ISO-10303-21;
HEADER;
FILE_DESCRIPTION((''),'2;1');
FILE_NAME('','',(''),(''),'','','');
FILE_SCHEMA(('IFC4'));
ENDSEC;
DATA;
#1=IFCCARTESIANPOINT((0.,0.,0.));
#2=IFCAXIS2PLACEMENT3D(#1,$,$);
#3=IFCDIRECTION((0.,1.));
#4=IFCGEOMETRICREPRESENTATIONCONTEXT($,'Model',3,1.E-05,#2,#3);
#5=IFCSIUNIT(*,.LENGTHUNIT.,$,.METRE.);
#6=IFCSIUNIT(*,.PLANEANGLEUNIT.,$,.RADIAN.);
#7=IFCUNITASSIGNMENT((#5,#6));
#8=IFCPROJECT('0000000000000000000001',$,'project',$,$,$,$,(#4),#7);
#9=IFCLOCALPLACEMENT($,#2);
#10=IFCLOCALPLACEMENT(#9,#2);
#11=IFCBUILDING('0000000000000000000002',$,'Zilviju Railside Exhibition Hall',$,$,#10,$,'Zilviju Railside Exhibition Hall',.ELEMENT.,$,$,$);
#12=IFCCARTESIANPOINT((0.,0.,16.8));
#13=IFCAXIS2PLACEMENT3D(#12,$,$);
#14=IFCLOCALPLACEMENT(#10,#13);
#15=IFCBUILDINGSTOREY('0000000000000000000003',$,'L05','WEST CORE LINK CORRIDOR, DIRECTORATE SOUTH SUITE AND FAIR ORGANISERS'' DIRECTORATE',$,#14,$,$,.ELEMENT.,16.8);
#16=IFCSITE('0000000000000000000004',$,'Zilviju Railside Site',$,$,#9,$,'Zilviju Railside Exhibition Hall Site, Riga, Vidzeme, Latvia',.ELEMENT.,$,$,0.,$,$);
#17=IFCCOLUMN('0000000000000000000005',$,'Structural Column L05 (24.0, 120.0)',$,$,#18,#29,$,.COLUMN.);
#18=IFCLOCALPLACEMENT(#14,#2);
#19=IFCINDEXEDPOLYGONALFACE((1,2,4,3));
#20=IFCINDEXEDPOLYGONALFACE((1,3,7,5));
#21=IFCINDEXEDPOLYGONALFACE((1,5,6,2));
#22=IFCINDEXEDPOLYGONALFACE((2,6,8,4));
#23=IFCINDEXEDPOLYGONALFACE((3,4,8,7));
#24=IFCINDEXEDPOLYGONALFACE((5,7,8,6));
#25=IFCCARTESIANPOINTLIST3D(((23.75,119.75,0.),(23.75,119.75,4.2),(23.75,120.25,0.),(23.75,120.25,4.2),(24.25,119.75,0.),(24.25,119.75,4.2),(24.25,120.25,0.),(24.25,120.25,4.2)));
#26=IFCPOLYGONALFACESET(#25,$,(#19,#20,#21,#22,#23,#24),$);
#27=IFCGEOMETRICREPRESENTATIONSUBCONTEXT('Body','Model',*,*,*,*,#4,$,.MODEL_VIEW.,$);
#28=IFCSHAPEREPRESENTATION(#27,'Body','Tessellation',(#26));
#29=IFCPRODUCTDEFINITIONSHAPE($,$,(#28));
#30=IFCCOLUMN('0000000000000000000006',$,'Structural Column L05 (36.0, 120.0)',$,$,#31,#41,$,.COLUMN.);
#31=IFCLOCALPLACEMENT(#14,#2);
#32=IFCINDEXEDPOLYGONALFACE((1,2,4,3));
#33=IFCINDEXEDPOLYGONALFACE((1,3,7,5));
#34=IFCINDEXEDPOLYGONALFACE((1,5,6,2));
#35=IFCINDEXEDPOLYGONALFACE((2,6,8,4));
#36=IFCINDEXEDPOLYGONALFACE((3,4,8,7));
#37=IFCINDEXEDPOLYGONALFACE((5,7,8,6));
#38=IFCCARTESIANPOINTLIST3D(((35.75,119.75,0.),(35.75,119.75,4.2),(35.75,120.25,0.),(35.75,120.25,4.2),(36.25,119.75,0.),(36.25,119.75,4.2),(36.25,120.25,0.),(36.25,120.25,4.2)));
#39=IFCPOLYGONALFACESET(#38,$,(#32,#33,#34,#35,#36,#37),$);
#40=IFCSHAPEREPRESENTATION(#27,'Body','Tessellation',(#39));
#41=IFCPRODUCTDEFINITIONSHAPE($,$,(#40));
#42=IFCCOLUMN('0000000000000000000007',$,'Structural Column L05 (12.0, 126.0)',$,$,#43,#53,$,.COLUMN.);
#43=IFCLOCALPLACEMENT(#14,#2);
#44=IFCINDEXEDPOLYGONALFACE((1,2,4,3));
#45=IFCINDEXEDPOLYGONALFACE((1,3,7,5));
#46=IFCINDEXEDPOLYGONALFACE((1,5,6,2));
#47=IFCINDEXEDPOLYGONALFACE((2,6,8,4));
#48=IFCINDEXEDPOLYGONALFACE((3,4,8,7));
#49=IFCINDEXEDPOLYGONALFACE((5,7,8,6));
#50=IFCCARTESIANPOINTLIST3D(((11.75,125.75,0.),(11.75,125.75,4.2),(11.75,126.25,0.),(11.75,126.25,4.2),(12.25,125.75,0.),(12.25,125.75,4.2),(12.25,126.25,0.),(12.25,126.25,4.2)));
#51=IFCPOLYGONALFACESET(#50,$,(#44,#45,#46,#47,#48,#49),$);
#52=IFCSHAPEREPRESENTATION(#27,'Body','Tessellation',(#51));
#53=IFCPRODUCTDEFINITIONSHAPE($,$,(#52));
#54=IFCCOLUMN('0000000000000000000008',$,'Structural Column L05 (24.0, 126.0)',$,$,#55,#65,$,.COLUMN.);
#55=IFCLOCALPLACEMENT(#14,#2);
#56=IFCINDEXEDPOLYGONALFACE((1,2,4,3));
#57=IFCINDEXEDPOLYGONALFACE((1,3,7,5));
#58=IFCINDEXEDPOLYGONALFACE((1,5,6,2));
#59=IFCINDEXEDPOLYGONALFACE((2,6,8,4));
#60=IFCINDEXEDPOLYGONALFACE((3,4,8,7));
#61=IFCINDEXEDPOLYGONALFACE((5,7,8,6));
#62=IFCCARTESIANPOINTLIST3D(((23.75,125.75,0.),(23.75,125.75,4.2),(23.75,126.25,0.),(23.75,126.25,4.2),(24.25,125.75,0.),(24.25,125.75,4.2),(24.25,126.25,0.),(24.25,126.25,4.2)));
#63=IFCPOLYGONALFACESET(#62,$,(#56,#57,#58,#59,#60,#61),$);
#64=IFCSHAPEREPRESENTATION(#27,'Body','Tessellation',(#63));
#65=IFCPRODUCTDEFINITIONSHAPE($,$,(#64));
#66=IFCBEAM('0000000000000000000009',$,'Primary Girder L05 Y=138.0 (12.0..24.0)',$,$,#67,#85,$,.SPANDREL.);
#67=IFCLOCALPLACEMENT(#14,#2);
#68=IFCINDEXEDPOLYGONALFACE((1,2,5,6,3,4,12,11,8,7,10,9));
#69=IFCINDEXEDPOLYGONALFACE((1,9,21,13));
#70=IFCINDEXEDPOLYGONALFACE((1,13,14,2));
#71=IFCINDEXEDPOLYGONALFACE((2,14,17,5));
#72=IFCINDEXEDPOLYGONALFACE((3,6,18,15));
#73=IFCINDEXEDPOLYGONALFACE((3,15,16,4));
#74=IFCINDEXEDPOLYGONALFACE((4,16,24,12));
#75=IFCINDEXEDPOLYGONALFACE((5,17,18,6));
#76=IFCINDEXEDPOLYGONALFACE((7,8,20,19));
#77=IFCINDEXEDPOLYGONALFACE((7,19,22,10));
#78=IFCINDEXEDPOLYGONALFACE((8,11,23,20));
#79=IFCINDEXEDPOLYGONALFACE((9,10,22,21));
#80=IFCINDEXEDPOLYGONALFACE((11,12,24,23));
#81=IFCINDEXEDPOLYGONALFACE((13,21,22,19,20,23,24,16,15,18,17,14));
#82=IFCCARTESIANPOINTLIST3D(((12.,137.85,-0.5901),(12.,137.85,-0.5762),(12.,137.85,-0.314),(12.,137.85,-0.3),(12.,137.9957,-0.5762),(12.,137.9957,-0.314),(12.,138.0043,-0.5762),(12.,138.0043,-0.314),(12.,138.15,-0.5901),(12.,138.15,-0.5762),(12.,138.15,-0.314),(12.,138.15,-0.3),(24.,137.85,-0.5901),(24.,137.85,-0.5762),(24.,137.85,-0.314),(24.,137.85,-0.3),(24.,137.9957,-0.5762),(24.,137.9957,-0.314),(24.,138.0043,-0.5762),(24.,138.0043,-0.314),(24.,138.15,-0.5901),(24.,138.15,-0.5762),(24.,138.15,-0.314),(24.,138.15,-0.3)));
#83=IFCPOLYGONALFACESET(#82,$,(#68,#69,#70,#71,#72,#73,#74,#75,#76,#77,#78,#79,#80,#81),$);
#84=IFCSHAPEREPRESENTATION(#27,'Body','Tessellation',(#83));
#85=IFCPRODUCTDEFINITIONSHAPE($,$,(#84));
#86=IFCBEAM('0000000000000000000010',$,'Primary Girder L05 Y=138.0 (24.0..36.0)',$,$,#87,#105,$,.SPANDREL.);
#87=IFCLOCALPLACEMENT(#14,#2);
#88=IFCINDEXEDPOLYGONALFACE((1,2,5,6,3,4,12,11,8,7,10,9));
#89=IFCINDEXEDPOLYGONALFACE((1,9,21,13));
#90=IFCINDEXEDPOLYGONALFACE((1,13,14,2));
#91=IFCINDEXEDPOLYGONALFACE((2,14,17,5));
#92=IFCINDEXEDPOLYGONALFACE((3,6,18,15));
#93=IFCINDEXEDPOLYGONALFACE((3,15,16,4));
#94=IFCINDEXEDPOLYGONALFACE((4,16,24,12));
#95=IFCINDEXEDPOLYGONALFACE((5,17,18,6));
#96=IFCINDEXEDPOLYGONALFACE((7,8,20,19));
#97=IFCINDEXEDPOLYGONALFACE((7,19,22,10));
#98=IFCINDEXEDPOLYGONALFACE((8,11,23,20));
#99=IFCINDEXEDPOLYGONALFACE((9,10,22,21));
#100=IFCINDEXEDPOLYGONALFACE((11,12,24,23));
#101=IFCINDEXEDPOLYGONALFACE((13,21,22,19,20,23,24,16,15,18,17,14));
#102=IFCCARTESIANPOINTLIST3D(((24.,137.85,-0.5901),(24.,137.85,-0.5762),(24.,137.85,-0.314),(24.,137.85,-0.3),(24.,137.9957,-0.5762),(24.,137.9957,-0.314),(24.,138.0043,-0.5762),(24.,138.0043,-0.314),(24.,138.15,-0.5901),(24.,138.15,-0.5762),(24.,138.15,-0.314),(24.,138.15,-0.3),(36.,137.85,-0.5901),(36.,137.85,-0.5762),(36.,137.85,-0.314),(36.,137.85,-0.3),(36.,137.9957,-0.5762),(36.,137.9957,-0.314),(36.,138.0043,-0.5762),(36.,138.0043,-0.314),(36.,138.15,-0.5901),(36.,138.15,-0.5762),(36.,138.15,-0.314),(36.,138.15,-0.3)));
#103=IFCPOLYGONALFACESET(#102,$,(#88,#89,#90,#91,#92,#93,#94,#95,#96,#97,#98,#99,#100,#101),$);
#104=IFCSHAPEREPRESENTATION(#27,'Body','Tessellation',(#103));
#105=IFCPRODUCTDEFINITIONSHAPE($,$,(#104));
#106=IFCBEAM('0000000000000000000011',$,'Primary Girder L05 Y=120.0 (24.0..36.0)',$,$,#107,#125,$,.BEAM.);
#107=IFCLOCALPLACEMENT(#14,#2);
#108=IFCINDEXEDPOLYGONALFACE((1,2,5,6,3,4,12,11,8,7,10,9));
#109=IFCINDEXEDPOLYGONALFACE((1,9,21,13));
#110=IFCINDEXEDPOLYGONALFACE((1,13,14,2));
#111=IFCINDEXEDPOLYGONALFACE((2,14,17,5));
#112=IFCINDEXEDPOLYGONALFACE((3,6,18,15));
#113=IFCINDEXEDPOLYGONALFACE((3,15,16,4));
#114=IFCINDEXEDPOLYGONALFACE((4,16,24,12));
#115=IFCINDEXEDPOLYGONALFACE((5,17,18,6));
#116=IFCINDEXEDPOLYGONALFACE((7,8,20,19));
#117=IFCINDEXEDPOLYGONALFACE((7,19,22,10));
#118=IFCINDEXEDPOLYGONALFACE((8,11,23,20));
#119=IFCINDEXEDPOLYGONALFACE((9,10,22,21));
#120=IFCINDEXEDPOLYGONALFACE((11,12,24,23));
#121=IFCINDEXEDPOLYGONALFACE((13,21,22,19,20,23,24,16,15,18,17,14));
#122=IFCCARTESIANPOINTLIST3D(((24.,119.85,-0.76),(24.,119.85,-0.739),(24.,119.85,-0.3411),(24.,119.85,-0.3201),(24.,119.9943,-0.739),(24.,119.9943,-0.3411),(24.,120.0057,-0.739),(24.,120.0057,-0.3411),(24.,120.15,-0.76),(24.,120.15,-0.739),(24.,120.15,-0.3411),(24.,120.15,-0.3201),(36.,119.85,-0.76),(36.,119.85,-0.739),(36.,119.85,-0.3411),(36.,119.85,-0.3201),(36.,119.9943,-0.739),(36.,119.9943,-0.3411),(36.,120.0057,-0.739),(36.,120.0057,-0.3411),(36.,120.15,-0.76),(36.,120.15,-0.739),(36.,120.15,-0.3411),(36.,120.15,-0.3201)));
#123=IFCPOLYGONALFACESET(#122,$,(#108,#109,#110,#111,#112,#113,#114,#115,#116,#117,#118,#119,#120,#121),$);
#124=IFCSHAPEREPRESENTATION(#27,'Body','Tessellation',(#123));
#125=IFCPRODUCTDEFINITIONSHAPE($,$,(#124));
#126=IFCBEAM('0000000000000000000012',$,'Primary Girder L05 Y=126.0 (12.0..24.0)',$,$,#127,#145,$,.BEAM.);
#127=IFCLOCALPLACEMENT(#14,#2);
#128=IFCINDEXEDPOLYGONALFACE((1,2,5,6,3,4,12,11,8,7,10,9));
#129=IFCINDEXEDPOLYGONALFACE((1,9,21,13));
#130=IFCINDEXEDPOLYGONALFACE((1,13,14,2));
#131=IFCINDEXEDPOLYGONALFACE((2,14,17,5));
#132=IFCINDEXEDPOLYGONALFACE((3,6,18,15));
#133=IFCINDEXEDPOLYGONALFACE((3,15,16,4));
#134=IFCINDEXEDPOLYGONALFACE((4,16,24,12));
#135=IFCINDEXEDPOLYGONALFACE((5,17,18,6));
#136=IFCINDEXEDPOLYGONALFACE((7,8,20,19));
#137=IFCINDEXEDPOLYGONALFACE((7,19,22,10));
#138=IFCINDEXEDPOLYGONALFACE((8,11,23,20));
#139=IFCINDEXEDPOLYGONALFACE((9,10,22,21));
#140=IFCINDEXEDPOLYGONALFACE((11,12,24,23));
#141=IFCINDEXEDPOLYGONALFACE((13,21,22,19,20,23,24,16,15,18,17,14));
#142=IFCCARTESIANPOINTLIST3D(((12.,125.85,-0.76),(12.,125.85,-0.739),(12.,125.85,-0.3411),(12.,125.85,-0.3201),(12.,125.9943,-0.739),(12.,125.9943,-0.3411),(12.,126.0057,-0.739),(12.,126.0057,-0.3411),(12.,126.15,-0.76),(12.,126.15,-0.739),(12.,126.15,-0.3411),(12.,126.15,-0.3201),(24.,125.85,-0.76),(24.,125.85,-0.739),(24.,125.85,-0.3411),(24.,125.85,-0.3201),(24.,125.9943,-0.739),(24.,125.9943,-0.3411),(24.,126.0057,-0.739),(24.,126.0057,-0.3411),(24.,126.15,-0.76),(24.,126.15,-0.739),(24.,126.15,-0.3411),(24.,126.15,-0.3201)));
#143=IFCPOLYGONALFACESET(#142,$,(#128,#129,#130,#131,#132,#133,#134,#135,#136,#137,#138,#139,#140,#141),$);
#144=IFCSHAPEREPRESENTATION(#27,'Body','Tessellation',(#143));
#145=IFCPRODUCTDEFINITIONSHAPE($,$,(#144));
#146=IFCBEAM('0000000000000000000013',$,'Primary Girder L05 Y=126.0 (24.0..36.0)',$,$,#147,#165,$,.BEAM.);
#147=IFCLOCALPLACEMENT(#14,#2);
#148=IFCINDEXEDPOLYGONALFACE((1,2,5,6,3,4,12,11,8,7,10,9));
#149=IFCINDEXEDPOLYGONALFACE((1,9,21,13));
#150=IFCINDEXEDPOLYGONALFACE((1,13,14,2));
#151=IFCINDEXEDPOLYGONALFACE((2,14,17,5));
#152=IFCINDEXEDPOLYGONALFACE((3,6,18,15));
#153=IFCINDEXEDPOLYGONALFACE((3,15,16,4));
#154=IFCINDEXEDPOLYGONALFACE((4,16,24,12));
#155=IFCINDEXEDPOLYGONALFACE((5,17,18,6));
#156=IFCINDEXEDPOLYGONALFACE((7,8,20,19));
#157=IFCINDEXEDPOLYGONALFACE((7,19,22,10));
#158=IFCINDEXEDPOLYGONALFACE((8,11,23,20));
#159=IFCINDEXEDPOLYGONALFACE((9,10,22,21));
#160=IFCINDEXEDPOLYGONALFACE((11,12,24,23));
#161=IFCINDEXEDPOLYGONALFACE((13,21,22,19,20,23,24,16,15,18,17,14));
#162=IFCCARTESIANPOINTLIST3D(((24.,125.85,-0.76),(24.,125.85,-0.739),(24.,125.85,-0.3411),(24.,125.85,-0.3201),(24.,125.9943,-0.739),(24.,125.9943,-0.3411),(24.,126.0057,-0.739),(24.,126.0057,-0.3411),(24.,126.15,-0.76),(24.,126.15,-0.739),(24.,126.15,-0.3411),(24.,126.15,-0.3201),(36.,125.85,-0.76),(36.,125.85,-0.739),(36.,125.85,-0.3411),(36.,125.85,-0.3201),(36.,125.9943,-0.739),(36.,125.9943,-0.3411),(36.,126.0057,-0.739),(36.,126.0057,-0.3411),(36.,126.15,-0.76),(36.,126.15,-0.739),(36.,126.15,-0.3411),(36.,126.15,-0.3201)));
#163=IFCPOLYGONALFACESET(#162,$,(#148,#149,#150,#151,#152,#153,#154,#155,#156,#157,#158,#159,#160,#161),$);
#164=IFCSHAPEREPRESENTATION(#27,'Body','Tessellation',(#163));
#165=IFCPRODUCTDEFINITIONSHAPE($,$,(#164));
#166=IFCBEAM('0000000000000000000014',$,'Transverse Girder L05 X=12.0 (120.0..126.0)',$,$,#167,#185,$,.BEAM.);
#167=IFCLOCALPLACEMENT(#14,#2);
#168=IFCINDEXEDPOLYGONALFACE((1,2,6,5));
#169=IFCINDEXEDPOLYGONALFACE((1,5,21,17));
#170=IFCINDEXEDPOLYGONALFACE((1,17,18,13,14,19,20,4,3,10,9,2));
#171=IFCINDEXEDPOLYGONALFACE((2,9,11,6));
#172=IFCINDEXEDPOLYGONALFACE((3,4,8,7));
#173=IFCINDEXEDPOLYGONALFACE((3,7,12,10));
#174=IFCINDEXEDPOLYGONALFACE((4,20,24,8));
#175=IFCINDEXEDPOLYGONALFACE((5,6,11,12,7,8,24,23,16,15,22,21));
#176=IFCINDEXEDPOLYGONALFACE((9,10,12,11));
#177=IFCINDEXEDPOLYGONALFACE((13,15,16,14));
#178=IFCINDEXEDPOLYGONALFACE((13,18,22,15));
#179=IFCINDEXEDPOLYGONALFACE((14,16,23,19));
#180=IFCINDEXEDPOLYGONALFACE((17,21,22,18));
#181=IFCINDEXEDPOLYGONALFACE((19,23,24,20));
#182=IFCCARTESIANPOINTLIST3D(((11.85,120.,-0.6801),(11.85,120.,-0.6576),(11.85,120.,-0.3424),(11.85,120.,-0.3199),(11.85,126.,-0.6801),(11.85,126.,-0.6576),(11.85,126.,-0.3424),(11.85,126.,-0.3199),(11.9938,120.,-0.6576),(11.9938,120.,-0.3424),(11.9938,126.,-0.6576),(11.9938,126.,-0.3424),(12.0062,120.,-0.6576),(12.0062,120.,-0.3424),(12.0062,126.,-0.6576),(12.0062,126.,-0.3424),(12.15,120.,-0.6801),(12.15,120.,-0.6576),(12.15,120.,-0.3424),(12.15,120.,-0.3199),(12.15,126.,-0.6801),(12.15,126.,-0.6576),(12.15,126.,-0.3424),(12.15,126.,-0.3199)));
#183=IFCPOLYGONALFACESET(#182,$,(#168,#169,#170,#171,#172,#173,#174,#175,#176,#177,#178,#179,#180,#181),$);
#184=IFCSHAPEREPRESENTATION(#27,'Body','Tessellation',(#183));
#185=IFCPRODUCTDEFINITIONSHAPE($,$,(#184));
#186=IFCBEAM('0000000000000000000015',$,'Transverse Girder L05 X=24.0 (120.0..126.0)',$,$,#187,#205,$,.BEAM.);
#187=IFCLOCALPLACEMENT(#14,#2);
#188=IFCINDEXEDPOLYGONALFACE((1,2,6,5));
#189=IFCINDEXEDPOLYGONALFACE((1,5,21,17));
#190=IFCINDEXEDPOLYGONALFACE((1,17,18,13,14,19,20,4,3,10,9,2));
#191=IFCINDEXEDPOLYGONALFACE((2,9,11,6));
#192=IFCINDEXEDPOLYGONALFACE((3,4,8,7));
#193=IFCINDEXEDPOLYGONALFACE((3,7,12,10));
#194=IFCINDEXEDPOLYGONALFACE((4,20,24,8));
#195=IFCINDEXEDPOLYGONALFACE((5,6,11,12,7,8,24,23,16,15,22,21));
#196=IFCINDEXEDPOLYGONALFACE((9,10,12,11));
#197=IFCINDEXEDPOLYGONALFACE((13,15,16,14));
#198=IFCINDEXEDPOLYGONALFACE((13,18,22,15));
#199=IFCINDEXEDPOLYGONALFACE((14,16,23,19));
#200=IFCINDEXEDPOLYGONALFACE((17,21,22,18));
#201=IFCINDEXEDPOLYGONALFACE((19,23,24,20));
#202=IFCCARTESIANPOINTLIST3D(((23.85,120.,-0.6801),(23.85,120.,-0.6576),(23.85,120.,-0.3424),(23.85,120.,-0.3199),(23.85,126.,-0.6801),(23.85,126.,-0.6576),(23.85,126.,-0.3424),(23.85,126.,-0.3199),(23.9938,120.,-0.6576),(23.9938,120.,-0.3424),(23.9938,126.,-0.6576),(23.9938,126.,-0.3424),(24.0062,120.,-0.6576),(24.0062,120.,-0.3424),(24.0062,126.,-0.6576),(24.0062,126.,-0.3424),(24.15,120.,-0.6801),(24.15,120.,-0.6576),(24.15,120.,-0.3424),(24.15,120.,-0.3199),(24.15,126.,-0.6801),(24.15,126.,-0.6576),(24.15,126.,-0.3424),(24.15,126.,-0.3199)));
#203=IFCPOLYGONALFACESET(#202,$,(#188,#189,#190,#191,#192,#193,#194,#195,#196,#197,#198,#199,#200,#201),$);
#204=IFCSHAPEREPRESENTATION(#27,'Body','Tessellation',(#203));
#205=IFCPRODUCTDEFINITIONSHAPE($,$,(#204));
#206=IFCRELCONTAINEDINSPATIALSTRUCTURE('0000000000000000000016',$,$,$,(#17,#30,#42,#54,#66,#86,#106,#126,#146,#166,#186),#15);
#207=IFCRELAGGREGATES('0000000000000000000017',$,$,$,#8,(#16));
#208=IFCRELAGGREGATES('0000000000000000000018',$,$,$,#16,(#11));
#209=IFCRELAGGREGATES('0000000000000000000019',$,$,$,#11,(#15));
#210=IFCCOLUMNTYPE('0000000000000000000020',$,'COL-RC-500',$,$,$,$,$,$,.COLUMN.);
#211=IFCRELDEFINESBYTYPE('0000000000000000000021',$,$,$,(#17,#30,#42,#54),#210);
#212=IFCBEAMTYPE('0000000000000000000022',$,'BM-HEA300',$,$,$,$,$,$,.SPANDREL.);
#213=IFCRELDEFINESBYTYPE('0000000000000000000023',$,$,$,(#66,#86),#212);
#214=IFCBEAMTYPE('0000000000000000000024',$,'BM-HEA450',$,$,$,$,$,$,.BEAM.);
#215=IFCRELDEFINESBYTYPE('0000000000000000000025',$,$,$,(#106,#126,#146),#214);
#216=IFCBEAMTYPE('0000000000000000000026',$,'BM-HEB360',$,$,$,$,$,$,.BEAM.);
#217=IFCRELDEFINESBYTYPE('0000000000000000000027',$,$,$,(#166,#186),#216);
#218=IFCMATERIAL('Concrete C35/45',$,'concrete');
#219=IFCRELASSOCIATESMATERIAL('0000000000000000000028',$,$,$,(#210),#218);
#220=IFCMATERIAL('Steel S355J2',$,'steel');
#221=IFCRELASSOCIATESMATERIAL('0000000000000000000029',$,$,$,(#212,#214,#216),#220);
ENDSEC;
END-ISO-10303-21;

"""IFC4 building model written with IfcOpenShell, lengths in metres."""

from ifc_helpers import new_model, si_unit, direction, frame, origin, origin_2d, place, context, subcontext, project, spatial, rectangle, i_section, extrude, material, material_profile, profile_set, type_object, element, save


model = new_model("IFC4")

# Units and contexts
model_context = context("Model", 3, precision=1e-05, world=origin(), true_north=direction((0.0, 1.0)))
body_context = subcontext(model_context, "Body", "Model", "MODEL_VIEW")
ifc_project = project(units=[si_unit("LENGTHUNIT", "METRE"), si_unit("PLANEANGLEUNIT", "RADIAN")], contexts=[model_context])

# Site, building, storey
site_placement = place(None, origin())
site = spatial("IfcSite", under=ifc_project, at=site_placement, Name="Zilviju Railside Site", LongName="Zilviju Railside Exhibition Hall Site, Riga, Vidzeme, Latvia", CompositionType="ELEMENT", RefElevation=0.0)
building_placement = place(site_placement, origin())
building = spatial("IfcBuilding", under=site, at=building_placement, Name="Zilviju Railside Exhibition Hall", LongName="Zilviju Railside Exhibition Hall", CompositionType="ELEMENT")
storey_placement = place(building_placement, frame((0.0, 0.0, 16.8)))
storey = spatial("IfcBuildingStorey", under=building, at=storey_placement, Name="L05", Description="WEST CORE LINK CORRIDOR, DIRECTORATE SOUTH SUITE AND FAIR ORGANISERS' DIRECTORATE", CompositionType="ELEMENT", Elevation=16.8)

# Columns
ifc_material_1 = material(Name="Concrete C35/45", Category="concrete")
ifc_material_profile_1 = material_profile(ifc_material_1, rectangle(XDim=0.5, YDim=0.5, at=origin_2d()), Name="RC COL 500x500")
ifc_profile_set_1 = profile_set([ifc_material_profile_1], Name="Concrete C35/45")
column_type = type_object("IfcColumnType", Name="COL-RC-500", PredefinedType="COLUMN", material=ifc_profile_set_1)
for number, where, z_axis, x_axis, name in (
    (1, (24.0, 120.0, 0.0), (0.0, 0.0, 1.0), (1.0, 0.0, 0.0), "Structural Column L05 (24.0, 120.0)"),
    (2, (36.0, 120.0, 0.0), (0.0, 0.0, 1.0), (1.0, 0.0, 0.0), "Structural Column L05 (36.0, 120.0)"),
    (3, (12.0, 126.0, 0.0), (0.0, 0.0, 1.0), (1.0, 0.0, 0.0), "Structural Column L05 (12.0, 126.0)"),
    (4, (24.0, 126.0, 0.0), (0.0, 0.0, 1.0), (1.0, 0.0, 0.0), "Structural Column L05 (24.0, 126.0)"),
):
    element("IfcColumn", number, at=place(storey_placement, frame(where, z_axis=z_axis, x_axis=x_axis)), inside=storey, type_object=column_type, Name=name, PredefinedType="COLUMN", context=body_context, shape_type="SweptSolid", body=[
        extrude(rectangle(XDim=0.5, YDim=0.5, at=origin_2d()), origin(), (0.0, 0.0, 1.0), 4.2),
    ])

# Beams
ifc_material_2 = material(Name="Steel S355J2", Category="steel")
ifc_material_profile_2 = material_profile(ifc_material_2, i_section(OverallWidth=0.3, OverallDepth=0.29, WebThickness=0.0085, FlangeThickness=0.0139, at=origin_2d()), Name="HEA 300")
ifc_profile_set_2 = profile_set([ifc_material_profile_2], Name="Steel S355J2")
beam_type_1 = type_object("IfcBeamType", Name="BM-HEA300", PredefinedType="SPANDREL", material=ifc_profile_set_2)
for number, where, z_axis, x_axis, name in (
    (5, (12.0, 138.0, -0.4451), (1.0, 0.0, 0.0), (0.0, 1.0, 0.0), "Primary Girder L05 Y=138.0 (12.0..24.0)"),
    (6, (24.0, 138.0, -0.4451), (1.0, 0.0, 0.0), (0.0, 1.0, 0.0), "Primary Girder L05 Y=138.0 (24.0..36.0)"),
):
    element("IfcBeam", number, at=place(storey_placement, frame(where, z_axis=z_axis, x_axis=x_axis)), inside=storey, type_object=beam_type_1, Name=name, PredefinedType="SPANDREL", context=body_context, shape_type="SweptSolid", body=[
        extrude(i_section(OverallWidth=0.3, OverallDepth=0.29, WebThickness=0.0085, FlangeThickness=0.0139, at=origin_2d()), origin(), (0.0, 0.0, 1.0), 12.0),
    ])
ifc_material_profile_3 = material_profile(ifc_material_2, i_section(OverallWidth=0.3, OverallDepth=0.4399, WebThickness=0.0115, FlangeThickness=0.021, at=origin_2d()), Name="HEA 450")
ifc_profile_set_3 = profile_set([ifc_material_profile_3], Name="Steel S355J2")
beam_type_2 = type_object("IfcBeamType", Name="BM-HEA450", PredefinedType="BEAM", material=ifc_profile_set_3)
for number, where, z_axis, x_axis, name in (
    (7, (24.0, 120.0, -0.54), (1.0, 0.0, 0.0), (0.0, 1.0, 0.0), "Primary Girder L05 Y=120.0 (24.0..36.0)"),
    (8, (12.0, 126.0, -0.54), (1.0, 0.0, 0.0), (0.0, 1.0, 0.0), "Primary Girder L05 Y=126.0 (12.0..24.0)"),
    (9, (24.0, 126.0, -0.54), (1.0, 0.0, 0.0), (0.0, 1.0, 0.0), "Primary Girder L05 Y=126.0 (24.0..36.0)"),
):
    element("IfcBeam", number, at=place(storey_placement, frame(where, z_axis=z_axis, x_axis=x_axis)), inside=storey, type_object=beam_type_2, Name=name, PredefinedType="BEAM", context=body_context, shape_type="SweptSolid", body=[
        extrude(i_section(OverallWidth=0.3, OverallDepth=0.4399, WebThickness=0.0115, FlangeThickness=0.021, at=origin_2d()), origin(), (0.0, 0.0, 1.0), 12.0),
    ])
ifc_material_profile_4 = material_profile(ifc_material_2, i_section(OverallWidth=0.3, OverallDepth=0.3601, WebThickness=0.0125, FlangeThickness=0.0225, at=origin_2d()), Name="HEB 360")
ifc_profile_set_4 = profile_set([ifc_material_profile_4], Name="Steel S355J2")
beam_type_3 = type_object("IfcBeamType", Name="BM-HEB360", PredefinedType="BEAM", material=ifc_profile_set_4)
for number, where, z_axis, x_axis, name in (
    (10, (12.0, 120.0, -0.5), (0.0, 1.0, 0.0), (-1.0, 0.0, 0.0), "Transverse Girder L05 X=12.0 (120.0..126.0)"),
    (11, (24.0, 120.0, -0.5), (0.0, 1.0, 0.0), (-1.0, 0.0, 0.0), "Transverse Girder L05 X=24.0 (120.0..126.0)"),
):
    element("IfcBeam", number, at=place(storey_placement, frame(where, z_axis=z_axis, x_axis=x_axis)), inside=storey, type_object=beam_type_3, Name=name, PredefinedType="BEAM", context=body_context, shape_type="SweptSolid", body=[
        extrude(i_section(OverallWidth=0.3, OverallDepth=0.3601, WebThickness=0.0125, FlangeThickness=0.0225, at=origin_2d()), origin(), (0.0, 0.0, 1.0), 6.0),
    ])

save(model, "model.ifc")
